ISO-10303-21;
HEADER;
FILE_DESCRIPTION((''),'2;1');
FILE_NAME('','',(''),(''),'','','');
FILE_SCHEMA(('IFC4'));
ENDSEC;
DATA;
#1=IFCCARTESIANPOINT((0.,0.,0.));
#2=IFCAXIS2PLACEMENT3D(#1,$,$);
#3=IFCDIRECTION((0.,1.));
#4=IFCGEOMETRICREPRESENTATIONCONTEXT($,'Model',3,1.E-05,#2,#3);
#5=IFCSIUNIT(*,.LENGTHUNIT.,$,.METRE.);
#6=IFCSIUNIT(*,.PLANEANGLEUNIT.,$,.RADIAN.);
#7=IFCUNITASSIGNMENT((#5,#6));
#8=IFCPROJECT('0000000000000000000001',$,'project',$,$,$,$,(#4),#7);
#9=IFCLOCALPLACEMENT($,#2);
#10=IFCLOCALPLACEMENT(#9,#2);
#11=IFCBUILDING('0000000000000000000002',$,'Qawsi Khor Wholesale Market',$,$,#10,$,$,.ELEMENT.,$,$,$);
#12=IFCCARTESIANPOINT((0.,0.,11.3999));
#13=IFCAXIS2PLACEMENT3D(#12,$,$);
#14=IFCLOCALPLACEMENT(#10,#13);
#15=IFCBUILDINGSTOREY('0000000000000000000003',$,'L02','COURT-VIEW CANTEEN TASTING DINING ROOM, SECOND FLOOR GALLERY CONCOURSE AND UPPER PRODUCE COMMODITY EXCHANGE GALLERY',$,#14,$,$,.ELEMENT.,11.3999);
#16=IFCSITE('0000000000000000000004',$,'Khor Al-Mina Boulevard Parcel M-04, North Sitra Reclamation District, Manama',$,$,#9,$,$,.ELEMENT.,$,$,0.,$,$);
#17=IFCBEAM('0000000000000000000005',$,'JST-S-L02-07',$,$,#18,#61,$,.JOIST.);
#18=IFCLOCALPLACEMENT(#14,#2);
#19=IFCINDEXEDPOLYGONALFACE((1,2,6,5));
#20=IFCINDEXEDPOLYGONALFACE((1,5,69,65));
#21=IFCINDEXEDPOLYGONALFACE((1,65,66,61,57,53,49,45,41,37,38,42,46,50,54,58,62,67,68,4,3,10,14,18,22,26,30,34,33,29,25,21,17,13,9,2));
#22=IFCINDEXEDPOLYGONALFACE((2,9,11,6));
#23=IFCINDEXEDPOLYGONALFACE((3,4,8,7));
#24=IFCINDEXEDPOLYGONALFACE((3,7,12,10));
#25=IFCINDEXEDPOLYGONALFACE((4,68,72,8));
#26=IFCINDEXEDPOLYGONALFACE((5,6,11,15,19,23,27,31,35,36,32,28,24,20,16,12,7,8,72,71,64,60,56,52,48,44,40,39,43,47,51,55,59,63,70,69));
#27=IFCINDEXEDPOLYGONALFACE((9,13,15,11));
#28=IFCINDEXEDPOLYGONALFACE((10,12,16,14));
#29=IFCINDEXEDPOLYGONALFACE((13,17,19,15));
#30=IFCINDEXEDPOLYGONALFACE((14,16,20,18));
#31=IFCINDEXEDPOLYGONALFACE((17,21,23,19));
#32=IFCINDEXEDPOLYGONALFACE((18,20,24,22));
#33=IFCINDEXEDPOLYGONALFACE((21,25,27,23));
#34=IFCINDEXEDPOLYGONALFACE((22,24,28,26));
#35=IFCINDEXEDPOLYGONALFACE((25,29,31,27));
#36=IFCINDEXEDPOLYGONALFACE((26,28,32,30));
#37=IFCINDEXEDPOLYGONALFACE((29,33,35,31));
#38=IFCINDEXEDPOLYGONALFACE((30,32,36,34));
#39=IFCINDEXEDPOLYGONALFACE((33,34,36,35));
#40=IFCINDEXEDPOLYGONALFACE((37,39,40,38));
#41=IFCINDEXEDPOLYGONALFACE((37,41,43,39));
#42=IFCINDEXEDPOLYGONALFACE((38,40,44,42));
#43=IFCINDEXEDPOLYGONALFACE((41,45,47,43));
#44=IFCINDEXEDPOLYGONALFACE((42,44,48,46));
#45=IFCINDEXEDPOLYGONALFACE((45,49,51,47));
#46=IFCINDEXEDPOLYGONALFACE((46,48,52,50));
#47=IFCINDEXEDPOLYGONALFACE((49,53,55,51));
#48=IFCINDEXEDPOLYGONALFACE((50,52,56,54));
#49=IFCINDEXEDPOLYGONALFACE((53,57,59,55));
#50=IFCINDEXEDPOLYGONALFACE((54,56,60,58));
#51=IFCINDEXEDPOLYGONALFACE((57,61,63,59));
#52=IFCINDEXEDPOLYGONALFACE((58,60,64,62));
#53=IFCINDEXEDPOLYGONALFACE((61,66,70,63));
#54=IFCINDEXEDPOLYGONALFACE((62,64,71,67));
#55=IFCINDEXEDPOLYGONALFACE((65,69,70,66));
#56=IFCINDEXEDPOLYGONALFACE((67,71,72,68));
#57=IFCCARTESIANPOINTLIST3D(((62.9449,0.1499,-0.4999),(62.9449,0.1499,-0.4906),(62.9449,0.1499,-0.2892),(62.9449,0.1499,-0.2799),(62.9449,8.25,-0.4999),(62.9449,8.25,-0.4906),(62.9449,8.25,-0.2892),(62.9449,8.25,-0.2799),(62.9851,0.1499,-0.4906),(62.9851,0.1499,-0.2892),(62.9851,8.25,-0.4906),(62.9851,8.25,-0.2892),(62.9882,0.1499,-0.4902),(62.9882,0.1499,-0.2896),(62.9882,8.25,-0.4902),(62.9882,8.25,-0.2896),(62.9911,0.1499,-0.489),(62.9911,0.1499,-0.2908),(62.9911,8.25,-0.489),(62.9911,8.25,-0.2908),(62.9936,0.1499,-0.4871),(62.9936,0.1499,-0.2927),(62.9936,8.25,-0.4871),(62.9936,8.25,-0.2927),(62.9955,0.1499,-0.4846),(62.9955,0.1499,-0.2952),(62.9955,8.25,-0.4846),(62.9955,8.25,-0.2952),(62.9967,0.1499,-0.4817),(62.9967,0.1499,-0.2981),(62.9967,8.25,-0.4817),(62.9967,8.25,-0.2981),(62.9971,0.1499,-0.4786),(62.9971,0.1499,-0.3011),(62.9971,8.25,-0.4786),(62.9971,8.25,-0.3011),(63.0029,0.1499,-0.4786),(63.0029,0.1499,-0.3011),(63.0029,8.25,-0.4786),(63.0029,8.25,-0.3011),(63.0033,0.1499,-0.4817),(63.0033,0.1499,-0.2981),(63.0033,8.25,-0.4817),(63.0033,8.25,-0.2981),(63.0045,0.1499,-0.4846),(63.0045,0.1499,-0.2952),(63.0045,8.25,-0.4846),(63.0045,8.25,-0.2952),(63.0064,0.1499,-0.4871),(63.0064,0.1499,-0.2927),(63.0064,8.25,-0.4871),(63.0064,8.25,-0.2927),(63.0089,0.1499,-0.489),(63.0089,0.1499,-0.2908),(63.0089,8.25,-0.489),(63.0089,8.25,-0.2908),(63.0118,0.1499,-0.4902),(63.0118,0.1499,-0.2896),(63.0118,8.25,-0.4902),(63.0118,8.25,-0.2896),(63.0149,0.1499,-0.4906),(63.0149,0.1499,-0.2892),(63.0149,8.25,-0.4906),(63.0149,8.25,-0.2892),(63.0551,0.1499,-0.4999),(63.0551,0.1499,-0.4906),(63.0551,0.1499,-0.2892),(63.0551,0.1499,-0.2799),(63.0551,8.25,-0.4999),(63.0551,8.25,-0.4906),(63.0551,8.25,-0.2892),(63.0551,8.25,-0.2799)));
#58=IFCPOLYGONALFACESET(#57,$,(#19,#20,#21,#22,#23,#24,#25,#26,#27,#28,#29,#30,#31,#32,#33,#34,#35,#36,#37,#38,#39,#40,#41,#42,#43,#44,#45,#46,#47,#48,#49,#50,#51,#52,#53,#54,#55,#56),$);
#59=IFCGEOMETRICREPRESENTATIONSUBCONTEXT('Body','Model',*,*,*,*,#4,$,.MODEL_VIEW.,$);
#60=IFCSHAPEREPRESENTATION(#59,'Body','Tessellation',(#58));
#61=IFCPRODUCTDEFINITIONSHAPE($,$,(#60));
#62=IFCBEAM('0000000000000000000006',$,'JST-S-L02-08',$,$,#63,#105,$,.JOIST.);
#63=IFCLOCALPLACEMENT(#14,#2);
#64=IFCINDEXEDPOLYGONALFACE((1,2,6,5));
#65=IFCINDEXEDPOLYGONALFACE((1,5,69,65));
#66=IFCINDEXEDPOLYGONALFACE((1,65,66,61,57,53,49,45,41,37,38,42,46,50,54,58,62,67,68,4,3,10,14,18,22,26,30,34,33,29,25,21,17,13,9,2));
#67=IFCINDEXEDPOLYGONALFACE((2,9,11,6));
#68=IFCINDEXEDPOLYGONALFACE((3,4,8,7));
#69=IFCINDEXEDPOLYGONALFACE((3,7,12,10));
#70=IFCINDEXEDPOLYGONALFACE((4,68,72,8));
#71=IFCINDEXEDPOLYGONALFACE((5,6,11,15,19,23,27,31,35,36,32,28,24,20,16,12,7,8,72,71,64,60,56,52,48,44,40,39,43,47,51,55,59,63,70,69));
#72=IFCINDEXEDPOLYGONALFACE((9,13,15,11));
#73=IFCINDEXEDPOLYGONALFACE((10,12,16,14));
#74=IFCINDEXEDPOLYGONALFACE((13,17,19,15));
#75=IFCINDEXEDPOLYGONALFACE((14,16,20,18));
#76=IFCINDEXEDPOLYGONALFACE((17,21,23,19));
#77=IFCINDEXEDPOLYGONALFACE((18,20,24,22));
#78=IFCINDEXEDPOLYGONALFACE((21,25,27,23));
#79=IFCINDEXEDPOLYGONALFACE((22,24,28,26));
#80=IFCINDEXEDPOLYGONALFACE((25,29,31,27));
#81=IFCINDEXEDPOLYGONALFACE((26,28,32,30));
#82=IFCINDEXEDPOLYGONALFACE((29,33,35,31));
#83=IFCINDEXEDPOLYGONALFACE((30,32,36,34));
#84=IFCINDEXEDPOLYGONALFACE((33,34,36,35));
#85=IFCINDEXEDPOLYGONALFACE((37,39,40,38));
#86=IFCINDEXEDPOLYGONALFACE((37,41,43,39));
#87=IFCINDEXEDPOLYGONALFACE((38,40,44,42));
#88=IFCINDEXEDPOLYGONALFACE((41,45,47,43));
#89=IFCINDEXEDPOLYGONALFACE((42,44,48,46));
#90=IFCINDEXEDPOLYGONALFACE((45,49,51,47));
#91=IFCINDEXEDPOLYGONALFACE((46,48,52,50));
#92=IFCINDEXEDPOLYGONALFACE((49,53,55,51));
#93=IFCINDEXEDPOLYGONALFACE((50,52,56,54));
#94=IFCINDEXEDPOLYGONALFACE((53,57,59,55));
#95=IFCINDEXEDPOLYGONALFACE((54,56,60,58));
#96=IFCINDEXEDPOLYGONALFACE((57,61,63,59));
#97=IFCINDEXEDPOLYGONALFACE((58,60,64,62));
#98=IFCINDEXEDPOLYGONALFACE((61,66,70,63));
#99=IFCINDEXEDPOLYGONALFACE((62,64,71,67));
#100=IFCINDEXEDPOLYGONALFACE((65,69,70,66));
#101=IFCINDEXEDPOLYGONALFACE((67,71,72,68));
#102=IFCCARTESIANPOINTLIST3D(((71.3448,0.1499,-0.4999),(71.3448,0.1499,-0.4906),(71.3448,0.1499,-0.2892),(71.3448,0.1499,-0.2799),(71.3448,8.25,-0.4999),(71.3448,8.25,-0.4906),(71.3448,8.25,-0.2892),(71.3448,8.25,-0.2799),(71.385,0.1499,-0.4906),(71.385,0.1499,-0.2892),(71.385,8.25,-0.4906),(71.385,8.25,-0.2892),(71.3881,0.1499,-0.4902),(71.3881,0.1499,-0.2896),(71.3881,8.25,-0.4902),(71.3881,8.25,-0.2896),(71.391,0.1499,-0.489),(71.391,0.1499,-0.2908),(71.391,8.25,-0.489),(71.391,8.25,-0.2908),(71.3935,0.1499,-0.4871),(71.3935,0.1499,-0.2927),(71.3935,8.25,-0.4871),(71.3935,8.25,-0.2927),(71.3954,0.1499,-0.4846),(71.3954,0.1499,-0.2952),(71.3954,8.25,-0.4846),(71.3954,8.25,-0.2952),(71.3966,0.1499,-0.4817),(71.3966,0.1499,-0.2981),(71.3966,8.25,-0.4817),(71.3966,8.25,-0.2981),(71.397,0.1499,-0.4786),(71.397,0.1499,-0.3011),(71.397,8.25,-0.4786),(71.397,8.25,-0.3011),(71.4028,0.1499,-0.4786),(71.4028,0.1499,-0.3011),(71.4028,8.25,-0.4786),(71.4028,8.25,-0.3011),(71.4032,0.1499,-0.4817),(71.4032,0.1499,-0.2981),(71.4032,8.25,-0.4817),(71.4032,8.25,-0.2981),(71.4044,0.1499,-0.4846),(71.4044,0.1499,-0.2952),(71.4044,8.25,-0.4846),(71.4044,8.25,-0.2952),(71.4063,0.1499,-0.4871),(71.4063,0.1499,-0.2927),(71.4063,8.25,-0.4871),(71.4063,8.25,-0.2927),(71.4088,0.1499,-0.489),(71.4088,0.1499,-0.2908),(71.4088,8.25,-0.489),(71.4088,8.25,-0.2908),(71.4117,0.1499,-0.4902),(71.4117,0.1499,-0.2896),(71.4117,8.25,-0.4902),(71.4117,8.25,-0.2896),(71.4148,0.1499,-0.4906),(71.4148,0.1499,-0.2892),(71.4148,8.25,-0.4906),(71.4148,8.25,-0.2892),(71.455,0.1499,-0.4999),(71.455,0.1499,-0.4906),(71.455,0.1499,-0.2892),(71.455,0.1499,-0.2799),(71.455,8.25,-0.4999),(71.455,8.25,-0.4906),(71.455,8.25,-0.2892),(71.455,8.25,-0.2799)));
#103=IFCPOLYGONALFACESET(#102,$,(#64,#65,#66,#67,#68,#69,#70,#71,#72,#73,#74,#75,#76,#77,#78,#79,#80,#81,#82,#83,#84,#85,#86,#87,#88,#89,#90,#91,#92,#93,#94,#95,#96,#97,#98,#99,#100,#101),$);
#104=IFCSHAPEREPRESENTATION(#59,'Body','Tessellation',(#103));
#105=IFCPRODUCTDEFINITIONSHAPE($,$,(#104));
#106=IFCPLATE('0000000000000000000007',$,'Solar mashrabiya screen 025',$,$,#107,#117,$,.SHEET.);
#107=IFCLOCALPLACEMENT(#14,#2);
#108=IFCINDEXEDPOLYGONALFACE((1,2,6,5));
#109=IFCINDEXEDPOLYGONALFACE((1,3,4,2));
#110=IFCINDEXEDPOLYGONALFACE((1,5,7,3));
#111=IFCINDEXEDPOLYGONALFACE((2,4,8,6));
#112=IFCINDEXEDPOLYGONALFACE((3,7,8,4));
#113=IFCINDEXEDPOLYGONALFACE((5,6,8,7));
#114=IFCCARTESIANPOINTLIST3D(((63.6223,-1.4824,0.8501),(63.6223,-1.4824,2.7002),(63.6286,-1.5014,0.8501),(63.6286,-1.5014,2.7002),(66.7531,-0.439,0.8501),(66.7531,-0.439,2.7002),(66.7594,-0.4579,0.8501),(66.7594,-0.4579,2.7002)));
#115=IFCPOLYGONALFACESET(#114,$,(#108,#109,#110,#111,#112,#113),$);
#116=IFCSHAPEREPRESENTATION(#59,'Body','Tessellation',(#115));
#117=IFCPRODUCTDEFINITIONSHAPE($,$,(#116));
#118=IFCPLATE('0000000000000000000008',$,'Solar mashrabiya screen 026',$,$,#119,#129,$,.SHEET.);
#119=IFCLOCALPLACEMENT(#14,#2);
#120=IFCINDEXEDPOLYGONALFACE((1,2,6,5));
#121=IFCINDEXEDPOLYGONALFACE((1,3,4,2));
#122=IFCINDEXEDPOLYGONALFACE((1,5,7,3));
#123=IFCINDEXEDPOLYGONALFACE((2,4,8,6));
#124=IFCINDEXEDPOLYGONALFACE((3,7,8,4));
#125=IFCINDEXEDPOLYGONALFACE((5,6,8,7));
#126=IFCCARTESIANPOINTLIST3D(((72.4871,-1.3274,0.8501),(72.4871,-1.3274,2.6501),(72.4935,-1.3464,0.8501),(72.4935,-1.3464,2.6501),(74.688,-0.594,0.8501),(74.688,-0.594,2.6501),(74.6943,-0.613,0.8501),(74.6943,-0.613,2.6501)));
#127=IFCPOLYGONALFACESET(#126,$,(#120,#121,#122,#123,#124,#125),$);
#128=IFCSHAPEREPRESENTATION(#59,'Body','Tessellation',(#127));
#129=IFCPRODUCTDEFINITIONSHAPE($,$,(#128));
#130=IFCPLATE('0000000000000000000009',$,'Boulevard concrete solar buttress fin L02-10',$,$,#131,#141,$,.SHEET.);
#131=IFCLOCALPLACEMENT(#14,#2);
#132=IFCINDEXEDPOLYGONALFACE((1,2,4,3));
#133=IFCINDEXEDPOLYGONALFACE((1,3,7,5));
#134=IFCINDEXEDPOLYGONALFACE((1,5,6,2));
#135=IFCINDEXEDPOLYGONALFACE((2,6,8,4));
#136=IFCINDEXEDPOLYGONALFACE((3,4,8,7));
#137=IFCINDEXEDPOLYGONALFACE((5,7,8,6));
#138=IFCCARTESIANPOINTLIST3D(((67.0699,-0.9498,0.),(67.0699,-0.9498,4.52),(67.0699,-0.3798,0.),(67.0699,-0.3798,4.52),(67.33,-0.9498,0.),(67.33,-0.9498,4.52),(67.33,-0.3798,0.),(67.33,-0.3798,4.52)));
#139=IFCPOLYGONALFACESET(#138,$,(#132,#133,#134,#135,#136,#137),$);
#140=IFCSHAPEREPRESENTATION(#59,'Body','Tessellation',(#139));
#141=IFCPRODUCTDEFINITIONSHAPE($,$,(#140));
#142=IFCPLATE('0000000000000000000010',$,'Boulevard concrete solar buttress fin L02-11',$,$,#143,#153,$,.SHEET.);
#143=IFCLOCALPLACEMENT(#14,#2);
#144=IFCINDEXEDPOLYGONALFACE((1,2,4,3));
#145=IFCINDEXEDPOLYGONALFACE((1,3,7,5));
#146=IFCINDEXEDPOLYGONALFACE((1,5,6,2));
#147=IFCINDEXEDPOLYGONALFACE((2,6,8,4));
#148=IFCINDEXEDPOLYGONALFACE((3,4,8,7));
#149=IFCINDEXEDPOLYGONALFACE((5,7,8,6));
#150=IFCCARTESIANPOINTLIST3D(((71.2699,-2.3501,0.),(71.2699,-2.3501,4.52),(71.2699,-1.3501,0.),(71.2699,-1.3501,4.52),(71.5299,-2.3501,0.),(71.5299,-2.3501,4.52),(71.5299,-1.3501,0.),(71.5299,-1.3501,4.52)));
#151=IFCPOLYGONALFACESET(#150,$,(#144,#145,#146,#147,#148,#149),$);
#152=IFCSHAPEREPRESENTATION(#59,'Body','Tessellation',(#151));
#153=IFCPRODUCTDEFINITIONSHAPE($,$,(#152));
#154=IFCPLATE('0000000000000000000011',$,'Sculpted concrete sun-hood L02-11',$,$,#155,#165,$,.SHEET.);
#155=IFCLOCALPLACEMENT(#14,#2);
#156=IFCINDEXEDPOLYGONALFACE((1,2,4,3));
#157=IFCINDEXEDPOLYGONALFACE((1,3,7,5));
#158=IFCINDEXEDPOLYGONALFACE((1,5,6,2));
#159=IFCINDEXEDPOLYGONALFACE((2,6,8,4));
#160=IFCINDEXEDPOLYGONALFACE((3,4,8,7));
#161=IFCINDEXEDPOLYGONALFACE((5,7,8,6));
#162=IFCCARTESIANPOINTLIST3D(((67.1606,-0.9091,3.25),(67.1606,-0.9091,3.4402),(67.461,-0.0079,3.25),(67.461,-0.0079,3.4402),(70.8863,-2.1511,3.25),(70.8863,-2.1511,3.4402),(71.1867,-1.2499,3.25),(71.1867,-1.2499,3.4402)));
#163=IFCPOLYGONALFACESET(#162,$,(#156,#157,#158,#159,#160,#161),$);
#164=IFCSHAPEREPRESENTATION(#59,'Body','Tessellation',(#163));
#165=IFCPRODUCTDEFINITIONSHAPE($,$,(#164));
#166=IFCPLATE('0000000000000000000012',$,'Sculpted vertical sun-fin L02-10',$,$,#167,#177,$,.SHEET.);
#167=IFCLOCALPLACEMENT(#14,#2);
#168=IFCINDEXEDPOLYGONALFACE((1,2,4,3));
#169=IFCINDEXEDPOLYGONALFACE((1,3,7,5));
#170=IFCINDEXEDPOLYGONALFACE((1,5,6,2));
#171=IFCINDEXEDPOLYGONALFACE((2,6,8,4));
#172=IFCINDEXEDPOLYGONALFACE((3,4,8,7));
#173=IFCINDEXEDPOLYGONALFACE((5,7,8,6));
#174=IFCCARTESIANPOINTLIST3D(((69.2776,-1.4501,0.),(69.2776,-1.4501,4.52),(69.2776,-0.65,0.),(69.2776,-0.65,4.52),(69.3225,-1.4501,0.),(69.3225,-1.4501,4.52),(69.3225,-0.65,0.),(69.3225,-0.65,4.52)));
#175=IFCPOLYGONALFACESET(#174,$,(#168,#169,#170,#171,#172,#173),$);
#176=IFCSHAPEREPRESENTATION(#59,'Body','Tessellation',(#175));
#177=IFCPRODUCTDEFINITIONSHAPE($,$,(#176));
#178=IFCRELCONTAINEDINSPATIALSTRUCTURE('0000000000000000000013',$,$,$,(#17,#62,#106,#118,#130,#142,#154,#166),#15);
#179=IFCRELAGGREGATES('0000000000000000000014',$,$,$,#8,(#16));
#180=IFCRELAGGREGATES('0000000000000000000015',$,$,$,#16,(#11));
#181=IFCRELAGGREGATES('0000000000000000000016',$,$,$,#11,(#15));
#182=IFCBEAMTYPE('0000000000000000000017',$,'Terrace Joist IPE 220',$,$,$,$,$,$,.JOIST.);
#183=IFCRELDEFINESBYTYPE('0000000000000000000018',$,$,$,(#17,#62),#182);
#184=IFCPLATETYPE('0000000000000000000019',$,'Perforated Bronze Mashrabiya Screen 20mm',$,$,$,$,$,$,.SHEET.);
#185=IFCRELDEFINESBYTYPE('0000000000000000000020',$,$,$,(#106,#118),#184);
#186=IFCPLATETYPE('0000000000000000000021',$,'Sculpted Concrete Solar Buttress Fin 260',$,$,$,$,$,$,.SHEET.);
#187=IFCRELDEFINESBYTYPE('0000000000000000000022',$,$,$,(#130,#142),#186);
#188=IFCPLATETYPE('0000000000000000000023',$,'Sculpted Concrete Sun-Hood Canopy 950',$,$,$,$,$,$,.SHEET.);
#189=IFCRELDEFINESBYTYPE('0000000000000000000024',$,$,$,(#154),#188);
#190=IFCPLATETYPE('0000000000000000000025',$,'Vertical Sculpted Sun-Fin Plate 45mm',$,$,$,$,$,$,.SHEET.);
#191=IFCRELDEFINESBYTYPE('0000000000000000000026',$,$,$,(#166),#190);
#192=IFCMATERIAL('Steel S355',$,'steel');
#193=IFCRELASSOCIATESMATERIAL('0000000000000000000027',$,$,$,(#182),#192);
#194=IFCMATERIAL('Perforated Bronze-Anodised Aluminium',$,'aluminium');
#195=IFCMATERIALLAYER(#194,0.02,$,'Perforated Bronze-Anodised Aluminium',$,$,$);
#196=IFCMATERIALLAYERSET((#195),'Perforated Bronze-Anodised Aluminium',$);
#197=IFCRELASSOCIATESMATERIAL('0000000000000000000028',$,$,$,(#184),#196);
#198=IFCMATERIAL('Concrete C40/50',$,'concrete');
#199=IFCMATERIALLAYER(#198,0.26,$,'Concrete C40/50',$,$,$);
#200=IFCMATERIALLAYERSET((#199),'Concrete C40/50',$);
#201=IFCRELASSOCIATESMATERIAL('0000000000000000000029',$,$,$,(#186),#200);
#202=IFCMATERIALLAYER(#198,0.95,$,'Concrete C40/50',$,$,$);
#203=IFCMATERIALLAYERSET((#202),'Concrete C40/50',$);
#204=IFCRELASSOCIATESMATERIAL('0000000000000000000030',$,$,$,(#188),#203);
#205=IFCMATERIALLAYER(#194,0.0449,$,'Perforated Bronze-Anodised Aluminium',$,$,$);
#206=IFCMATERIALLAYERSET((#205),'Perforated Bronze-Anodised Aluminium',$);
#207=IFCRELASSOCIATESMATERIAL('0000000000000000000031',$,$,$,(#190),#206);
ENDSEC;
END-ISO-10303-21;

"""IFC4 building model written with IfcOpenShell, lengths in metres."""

from ifc_helpers import new_model, si_unit, direction, frame, frame_2d, origin, origin_2d, place, context, subcontext, project, spatial, rectangle, i_section, extrude, material, layer, layer_set, material_profile, profile_set, type_object, element, save


model = new_model("IFC4")

# Units and contexts
model_context = context("Model", 3, precision=1e-05, world=origin(), true_north=direction((0.0, 1.0)))
body_context = subcontext(model_context, "Body", "Model", "MODEL_VIEW")
ifc_project = project(units=[si_unit("LENGTHUNIT", "METRE"), si_unit("PLANEANGLEUNIT", "RADIAN")], contexts=[model_context])

# Site, building, storey
site_placement = place(None, origin())
site = spatial("IfcSite", under=ifc_project, at=site_placement, Name="Khor Al-Mina Boulevard Parcel M-04, North Sitra Reclamation District, Manama", CompositionType="ELEMENT", RefElevation=0.0)
building_placement = place(site_placement, origin())
building = spatial("IfcBuilding", under=site, at=building_placement, Name="Qawsi Khor Wholesale Market", CompositionType="ELEMENT")
storey_placement = place(building_placement, frame((0.0, 0.0, 11.3999)))
storey = spatial("IfcBuildingStorey", under=building, at=storey_placement, Name="L02", Description="COURT-VIEW CANTEEN TASTING DINING ROOM, SECOND FLOOR GALLERY CONCOURSE AND UPPER PRODUCE COMMODITY EXCHANGE GALLERY", CompositionType="ELEMENT", Elevation=11.3999)

# Shared definitions
ifc_material_1 = material(Name="Concrete C40/50", Category="concrete")

# Beams
ifc_material_2 = material(Name="Steel S355", Category="steel")
ifc_material_profile_1 = material_profile(ifc_material_2, i_section(OverallWidth=0.1101, OverallDepth=0.22, WebThickness=0.0059, FlangeThickness=0.0093, FilletRadius=0.012, at=origin_2d()), Name="IPE 220")
ifc_profile_set_1 = profile_set([ifc_material_profile_1], Name="Steel S355")
beam_type_1 = type_object("IfcBeamType", Name="Terrace Joist IPE 220", PredefinedType="JOIST", material=ifc_profile_set_1)
for number, where, z_axis, x_axis, name in (
    (1, (63.0, 0.1499, -0.3899), (0.0, 1.0, 0.0), (-1.0, 0.0, 0.0), "JST-S-L02-07"),
    (2, (71.3999, 0.1499, -0.3899), (0.0, 1.0, 0.0), (-1.0, 0.0, 0.0), "JST-S-L02-08"),
):
    element("IfcBeam", number, at=place(storey_placement, frame(where, z_axis=z_axis, x_axis=x_axis)), inside=storey, type_object=beam_type_1, Name=name, PredefinedType="JOIST", context=body_context, shape_type="SweptSolid", body=[
        extrude(i_section(OverallWidth=0.1101, OverallDepth=0.22, WebThickness=0.0059, FlangeThickness=0.0093, FilletRadius=0.012, at=origin_2d()), origin(), (0.0, 0.0, 1.0), 8.1001),
    ])

# Plates
ifc_material_3 = material(Name="Perforated Bronze-Anodised Aluminium", Category="aluminium")
ifc_layer_1 = layer(ifc_material_3, 0.02, Name="Perforated Bronze-Anodised Aluminium")
ifc_layer_set_1 = layer_set([ifc_layer_1], Name="Perforated Bronze-Anodised Aluminium")
plate_type_1 = type_object("IfcPlateType", Name="Perforated Bronze Mashrabiya Screen 20mm", PredefinedType="SHEET", material=ifc_layer_set_1)
plate_1_placement = place(storey_placement, frame((66.7561, -0.4485, 0.8501), z_axis=(0.0, 0.0, 1.0), x_axis=(-0.948698, -0.316183, 0.0)))
element("IfcPlate", 3, at=plate_1_placement, inside=storey, type_object=plate_type_1, Name="Solar mashrabiya screen 025", PredefinedType="SHEET", context=body_context, shape_type="SweptSolid", body=[
    extrude(rectangle(XDim=3.3, YDim=0.02, at=frame_2d((1.6499, 0.0))), origin(), (0.0, 0.0, 1.0), 1.8501),
])
plate_2_placement = place(storey_placement, frame((74.6912, -0.6035, 0.8501), z_axis=(0.0, 0.0, 1.0), x_axis=(-0.948715, -0.316133, 0.0)))
element("IfcPlate", 4, at=plate_2_placement, inside=storey, type_object=plate_type_1, Name="Solar mashrabiya screen 026", PredefinedType="SHEET", context=body_context, shape_type="SweptSolid", body=[
    extrude(rectangle(XDim=2.3198, YDim=0.02, at=frame_2d((1.1599, 0.0))), origin(), (0.0, 0.0, 1.0), 1.8),
])
ifc_layer_2 = layer(ifc_material_1, 0.26, Name="Concrete C40/50")
ifc_layer_set_2 = layer_set([ifc_layer_2], Name="Concrete C40/50")
plate_type_2 = type_object("IfcPlateType", Name="Sculpted Concrete Solar Buttress Fin 260", PredefinedType="SHEET", material=ifc_layer_set_2)
plate_3_placement = place(storey_placement, frame((67.2, -0.95, 0.0), z_axis=(0.0, 0.0, 1.0), x_axis=(0.0, 1.0, 0.0)))
element("IfcPlate", 5, at=plate_3_placement, inside=storey, type_object=plate_type_2, Name="Boulevard concrete solar buttress fin L02-10", PredefinedType="SHEET", context=body_context, shape_type="SweptSolid", body=[
    extrude(rectangle(XDim=0.5701, YDim=0.26, at=frame_2d((0.2852, 0.0))), origin(), (0.0, 0.0, 1.0), 4.52),
])
plate_4_placement = place(storey_placement, frame((71.3999, -2.3501, 0.0), z_axis=(0.0, 0.0, 1.0), x_axis=(0.0, 1.0, 0.0)))
element("IfcPlate", 6, at=plate_4_placement, inside=storey, type_object=plate_type_2, Name="Boulevard concrete solar buttress fin L02-11", PredefinedType="SHEET", context=body_context, shape_type="SweptSolid", body=[
    extrude(rectangle(XDim=1.0, YDim=0.26, at=frame_2d((0.5, 0.0))), origin(), (0.0, 0.0, 1.0), 4.52),
])
ifc_layer_3 = layer(ifc_material_1, 0.95, Name="Concrete C40/50")
ifc_layer_set_3 = layer_set([ifc_layer_3], Name="Concrete C40/50")
plate_type_3 = type_object("IfcPlateType", Name="Sculpted Concrete Sun-Hood Canopy 950", PredefinedType="SHEET", material=ifc_layer_set_3)
plate_5_placement = place(storey_placement, frame((67.3108, -0.4585, 3.25), z_axis=(0.0, 0.0, 1.0), x_axis=(0.948677, -0.316246, 0.0)))
element("IfcPlate", 7, at=plate_5_placement, inside=storey, type_object=plate_type_3, Name="Sculpted concrete sun-hood L02-11", PredefinedType="SHEET", context=body_context, shape_type="SweptSolid", body=[
    extrude(rectangle(XDim=3.9272, YDim=0.95, at=frame_2d((1.9636, 0.0))), origin(), (0.0, 0.0, 1.0), 0.1902),
])
ifc_layer_4 = layer(ifc_material_3, 0.0449, Name="Perforated Bronze-Anodised Aluminium")
ifc_layer_set_4 = layer_set([ifc_layer_4], Name="Perforated Bronze-Anodised Aluminium")
plate_type_4 = type_object("IfcPlateType", Name="Vertical Sculpted Sun-Fin Plate 45mm", PredefinedType="SHEET", material=ifc_layer_set_4)
plate_6_placement = place(storey_placement, frame((69.3, -1.45, 0.0), z_axis=(0.0, 0.0, 1.0), x_axis=(0.0, 1.0, 0.0)))
element("IfcPlate", 8, at=plate_6_placement, inside=storey, type_object=plate_type_4, Name="Sculpted vertical sun-fin L02-10", PredefinedType="SHEET", context=body_context, shape_type="SweptSolid", body=[
    extrude(rectangle(XDim=0.8, YDim=0.0449, at=frame_2d((0.3999, 0.0))), origin(), (0.0, 0.0, 1.0), 4.52),
])

save(model, "model.ifc")
